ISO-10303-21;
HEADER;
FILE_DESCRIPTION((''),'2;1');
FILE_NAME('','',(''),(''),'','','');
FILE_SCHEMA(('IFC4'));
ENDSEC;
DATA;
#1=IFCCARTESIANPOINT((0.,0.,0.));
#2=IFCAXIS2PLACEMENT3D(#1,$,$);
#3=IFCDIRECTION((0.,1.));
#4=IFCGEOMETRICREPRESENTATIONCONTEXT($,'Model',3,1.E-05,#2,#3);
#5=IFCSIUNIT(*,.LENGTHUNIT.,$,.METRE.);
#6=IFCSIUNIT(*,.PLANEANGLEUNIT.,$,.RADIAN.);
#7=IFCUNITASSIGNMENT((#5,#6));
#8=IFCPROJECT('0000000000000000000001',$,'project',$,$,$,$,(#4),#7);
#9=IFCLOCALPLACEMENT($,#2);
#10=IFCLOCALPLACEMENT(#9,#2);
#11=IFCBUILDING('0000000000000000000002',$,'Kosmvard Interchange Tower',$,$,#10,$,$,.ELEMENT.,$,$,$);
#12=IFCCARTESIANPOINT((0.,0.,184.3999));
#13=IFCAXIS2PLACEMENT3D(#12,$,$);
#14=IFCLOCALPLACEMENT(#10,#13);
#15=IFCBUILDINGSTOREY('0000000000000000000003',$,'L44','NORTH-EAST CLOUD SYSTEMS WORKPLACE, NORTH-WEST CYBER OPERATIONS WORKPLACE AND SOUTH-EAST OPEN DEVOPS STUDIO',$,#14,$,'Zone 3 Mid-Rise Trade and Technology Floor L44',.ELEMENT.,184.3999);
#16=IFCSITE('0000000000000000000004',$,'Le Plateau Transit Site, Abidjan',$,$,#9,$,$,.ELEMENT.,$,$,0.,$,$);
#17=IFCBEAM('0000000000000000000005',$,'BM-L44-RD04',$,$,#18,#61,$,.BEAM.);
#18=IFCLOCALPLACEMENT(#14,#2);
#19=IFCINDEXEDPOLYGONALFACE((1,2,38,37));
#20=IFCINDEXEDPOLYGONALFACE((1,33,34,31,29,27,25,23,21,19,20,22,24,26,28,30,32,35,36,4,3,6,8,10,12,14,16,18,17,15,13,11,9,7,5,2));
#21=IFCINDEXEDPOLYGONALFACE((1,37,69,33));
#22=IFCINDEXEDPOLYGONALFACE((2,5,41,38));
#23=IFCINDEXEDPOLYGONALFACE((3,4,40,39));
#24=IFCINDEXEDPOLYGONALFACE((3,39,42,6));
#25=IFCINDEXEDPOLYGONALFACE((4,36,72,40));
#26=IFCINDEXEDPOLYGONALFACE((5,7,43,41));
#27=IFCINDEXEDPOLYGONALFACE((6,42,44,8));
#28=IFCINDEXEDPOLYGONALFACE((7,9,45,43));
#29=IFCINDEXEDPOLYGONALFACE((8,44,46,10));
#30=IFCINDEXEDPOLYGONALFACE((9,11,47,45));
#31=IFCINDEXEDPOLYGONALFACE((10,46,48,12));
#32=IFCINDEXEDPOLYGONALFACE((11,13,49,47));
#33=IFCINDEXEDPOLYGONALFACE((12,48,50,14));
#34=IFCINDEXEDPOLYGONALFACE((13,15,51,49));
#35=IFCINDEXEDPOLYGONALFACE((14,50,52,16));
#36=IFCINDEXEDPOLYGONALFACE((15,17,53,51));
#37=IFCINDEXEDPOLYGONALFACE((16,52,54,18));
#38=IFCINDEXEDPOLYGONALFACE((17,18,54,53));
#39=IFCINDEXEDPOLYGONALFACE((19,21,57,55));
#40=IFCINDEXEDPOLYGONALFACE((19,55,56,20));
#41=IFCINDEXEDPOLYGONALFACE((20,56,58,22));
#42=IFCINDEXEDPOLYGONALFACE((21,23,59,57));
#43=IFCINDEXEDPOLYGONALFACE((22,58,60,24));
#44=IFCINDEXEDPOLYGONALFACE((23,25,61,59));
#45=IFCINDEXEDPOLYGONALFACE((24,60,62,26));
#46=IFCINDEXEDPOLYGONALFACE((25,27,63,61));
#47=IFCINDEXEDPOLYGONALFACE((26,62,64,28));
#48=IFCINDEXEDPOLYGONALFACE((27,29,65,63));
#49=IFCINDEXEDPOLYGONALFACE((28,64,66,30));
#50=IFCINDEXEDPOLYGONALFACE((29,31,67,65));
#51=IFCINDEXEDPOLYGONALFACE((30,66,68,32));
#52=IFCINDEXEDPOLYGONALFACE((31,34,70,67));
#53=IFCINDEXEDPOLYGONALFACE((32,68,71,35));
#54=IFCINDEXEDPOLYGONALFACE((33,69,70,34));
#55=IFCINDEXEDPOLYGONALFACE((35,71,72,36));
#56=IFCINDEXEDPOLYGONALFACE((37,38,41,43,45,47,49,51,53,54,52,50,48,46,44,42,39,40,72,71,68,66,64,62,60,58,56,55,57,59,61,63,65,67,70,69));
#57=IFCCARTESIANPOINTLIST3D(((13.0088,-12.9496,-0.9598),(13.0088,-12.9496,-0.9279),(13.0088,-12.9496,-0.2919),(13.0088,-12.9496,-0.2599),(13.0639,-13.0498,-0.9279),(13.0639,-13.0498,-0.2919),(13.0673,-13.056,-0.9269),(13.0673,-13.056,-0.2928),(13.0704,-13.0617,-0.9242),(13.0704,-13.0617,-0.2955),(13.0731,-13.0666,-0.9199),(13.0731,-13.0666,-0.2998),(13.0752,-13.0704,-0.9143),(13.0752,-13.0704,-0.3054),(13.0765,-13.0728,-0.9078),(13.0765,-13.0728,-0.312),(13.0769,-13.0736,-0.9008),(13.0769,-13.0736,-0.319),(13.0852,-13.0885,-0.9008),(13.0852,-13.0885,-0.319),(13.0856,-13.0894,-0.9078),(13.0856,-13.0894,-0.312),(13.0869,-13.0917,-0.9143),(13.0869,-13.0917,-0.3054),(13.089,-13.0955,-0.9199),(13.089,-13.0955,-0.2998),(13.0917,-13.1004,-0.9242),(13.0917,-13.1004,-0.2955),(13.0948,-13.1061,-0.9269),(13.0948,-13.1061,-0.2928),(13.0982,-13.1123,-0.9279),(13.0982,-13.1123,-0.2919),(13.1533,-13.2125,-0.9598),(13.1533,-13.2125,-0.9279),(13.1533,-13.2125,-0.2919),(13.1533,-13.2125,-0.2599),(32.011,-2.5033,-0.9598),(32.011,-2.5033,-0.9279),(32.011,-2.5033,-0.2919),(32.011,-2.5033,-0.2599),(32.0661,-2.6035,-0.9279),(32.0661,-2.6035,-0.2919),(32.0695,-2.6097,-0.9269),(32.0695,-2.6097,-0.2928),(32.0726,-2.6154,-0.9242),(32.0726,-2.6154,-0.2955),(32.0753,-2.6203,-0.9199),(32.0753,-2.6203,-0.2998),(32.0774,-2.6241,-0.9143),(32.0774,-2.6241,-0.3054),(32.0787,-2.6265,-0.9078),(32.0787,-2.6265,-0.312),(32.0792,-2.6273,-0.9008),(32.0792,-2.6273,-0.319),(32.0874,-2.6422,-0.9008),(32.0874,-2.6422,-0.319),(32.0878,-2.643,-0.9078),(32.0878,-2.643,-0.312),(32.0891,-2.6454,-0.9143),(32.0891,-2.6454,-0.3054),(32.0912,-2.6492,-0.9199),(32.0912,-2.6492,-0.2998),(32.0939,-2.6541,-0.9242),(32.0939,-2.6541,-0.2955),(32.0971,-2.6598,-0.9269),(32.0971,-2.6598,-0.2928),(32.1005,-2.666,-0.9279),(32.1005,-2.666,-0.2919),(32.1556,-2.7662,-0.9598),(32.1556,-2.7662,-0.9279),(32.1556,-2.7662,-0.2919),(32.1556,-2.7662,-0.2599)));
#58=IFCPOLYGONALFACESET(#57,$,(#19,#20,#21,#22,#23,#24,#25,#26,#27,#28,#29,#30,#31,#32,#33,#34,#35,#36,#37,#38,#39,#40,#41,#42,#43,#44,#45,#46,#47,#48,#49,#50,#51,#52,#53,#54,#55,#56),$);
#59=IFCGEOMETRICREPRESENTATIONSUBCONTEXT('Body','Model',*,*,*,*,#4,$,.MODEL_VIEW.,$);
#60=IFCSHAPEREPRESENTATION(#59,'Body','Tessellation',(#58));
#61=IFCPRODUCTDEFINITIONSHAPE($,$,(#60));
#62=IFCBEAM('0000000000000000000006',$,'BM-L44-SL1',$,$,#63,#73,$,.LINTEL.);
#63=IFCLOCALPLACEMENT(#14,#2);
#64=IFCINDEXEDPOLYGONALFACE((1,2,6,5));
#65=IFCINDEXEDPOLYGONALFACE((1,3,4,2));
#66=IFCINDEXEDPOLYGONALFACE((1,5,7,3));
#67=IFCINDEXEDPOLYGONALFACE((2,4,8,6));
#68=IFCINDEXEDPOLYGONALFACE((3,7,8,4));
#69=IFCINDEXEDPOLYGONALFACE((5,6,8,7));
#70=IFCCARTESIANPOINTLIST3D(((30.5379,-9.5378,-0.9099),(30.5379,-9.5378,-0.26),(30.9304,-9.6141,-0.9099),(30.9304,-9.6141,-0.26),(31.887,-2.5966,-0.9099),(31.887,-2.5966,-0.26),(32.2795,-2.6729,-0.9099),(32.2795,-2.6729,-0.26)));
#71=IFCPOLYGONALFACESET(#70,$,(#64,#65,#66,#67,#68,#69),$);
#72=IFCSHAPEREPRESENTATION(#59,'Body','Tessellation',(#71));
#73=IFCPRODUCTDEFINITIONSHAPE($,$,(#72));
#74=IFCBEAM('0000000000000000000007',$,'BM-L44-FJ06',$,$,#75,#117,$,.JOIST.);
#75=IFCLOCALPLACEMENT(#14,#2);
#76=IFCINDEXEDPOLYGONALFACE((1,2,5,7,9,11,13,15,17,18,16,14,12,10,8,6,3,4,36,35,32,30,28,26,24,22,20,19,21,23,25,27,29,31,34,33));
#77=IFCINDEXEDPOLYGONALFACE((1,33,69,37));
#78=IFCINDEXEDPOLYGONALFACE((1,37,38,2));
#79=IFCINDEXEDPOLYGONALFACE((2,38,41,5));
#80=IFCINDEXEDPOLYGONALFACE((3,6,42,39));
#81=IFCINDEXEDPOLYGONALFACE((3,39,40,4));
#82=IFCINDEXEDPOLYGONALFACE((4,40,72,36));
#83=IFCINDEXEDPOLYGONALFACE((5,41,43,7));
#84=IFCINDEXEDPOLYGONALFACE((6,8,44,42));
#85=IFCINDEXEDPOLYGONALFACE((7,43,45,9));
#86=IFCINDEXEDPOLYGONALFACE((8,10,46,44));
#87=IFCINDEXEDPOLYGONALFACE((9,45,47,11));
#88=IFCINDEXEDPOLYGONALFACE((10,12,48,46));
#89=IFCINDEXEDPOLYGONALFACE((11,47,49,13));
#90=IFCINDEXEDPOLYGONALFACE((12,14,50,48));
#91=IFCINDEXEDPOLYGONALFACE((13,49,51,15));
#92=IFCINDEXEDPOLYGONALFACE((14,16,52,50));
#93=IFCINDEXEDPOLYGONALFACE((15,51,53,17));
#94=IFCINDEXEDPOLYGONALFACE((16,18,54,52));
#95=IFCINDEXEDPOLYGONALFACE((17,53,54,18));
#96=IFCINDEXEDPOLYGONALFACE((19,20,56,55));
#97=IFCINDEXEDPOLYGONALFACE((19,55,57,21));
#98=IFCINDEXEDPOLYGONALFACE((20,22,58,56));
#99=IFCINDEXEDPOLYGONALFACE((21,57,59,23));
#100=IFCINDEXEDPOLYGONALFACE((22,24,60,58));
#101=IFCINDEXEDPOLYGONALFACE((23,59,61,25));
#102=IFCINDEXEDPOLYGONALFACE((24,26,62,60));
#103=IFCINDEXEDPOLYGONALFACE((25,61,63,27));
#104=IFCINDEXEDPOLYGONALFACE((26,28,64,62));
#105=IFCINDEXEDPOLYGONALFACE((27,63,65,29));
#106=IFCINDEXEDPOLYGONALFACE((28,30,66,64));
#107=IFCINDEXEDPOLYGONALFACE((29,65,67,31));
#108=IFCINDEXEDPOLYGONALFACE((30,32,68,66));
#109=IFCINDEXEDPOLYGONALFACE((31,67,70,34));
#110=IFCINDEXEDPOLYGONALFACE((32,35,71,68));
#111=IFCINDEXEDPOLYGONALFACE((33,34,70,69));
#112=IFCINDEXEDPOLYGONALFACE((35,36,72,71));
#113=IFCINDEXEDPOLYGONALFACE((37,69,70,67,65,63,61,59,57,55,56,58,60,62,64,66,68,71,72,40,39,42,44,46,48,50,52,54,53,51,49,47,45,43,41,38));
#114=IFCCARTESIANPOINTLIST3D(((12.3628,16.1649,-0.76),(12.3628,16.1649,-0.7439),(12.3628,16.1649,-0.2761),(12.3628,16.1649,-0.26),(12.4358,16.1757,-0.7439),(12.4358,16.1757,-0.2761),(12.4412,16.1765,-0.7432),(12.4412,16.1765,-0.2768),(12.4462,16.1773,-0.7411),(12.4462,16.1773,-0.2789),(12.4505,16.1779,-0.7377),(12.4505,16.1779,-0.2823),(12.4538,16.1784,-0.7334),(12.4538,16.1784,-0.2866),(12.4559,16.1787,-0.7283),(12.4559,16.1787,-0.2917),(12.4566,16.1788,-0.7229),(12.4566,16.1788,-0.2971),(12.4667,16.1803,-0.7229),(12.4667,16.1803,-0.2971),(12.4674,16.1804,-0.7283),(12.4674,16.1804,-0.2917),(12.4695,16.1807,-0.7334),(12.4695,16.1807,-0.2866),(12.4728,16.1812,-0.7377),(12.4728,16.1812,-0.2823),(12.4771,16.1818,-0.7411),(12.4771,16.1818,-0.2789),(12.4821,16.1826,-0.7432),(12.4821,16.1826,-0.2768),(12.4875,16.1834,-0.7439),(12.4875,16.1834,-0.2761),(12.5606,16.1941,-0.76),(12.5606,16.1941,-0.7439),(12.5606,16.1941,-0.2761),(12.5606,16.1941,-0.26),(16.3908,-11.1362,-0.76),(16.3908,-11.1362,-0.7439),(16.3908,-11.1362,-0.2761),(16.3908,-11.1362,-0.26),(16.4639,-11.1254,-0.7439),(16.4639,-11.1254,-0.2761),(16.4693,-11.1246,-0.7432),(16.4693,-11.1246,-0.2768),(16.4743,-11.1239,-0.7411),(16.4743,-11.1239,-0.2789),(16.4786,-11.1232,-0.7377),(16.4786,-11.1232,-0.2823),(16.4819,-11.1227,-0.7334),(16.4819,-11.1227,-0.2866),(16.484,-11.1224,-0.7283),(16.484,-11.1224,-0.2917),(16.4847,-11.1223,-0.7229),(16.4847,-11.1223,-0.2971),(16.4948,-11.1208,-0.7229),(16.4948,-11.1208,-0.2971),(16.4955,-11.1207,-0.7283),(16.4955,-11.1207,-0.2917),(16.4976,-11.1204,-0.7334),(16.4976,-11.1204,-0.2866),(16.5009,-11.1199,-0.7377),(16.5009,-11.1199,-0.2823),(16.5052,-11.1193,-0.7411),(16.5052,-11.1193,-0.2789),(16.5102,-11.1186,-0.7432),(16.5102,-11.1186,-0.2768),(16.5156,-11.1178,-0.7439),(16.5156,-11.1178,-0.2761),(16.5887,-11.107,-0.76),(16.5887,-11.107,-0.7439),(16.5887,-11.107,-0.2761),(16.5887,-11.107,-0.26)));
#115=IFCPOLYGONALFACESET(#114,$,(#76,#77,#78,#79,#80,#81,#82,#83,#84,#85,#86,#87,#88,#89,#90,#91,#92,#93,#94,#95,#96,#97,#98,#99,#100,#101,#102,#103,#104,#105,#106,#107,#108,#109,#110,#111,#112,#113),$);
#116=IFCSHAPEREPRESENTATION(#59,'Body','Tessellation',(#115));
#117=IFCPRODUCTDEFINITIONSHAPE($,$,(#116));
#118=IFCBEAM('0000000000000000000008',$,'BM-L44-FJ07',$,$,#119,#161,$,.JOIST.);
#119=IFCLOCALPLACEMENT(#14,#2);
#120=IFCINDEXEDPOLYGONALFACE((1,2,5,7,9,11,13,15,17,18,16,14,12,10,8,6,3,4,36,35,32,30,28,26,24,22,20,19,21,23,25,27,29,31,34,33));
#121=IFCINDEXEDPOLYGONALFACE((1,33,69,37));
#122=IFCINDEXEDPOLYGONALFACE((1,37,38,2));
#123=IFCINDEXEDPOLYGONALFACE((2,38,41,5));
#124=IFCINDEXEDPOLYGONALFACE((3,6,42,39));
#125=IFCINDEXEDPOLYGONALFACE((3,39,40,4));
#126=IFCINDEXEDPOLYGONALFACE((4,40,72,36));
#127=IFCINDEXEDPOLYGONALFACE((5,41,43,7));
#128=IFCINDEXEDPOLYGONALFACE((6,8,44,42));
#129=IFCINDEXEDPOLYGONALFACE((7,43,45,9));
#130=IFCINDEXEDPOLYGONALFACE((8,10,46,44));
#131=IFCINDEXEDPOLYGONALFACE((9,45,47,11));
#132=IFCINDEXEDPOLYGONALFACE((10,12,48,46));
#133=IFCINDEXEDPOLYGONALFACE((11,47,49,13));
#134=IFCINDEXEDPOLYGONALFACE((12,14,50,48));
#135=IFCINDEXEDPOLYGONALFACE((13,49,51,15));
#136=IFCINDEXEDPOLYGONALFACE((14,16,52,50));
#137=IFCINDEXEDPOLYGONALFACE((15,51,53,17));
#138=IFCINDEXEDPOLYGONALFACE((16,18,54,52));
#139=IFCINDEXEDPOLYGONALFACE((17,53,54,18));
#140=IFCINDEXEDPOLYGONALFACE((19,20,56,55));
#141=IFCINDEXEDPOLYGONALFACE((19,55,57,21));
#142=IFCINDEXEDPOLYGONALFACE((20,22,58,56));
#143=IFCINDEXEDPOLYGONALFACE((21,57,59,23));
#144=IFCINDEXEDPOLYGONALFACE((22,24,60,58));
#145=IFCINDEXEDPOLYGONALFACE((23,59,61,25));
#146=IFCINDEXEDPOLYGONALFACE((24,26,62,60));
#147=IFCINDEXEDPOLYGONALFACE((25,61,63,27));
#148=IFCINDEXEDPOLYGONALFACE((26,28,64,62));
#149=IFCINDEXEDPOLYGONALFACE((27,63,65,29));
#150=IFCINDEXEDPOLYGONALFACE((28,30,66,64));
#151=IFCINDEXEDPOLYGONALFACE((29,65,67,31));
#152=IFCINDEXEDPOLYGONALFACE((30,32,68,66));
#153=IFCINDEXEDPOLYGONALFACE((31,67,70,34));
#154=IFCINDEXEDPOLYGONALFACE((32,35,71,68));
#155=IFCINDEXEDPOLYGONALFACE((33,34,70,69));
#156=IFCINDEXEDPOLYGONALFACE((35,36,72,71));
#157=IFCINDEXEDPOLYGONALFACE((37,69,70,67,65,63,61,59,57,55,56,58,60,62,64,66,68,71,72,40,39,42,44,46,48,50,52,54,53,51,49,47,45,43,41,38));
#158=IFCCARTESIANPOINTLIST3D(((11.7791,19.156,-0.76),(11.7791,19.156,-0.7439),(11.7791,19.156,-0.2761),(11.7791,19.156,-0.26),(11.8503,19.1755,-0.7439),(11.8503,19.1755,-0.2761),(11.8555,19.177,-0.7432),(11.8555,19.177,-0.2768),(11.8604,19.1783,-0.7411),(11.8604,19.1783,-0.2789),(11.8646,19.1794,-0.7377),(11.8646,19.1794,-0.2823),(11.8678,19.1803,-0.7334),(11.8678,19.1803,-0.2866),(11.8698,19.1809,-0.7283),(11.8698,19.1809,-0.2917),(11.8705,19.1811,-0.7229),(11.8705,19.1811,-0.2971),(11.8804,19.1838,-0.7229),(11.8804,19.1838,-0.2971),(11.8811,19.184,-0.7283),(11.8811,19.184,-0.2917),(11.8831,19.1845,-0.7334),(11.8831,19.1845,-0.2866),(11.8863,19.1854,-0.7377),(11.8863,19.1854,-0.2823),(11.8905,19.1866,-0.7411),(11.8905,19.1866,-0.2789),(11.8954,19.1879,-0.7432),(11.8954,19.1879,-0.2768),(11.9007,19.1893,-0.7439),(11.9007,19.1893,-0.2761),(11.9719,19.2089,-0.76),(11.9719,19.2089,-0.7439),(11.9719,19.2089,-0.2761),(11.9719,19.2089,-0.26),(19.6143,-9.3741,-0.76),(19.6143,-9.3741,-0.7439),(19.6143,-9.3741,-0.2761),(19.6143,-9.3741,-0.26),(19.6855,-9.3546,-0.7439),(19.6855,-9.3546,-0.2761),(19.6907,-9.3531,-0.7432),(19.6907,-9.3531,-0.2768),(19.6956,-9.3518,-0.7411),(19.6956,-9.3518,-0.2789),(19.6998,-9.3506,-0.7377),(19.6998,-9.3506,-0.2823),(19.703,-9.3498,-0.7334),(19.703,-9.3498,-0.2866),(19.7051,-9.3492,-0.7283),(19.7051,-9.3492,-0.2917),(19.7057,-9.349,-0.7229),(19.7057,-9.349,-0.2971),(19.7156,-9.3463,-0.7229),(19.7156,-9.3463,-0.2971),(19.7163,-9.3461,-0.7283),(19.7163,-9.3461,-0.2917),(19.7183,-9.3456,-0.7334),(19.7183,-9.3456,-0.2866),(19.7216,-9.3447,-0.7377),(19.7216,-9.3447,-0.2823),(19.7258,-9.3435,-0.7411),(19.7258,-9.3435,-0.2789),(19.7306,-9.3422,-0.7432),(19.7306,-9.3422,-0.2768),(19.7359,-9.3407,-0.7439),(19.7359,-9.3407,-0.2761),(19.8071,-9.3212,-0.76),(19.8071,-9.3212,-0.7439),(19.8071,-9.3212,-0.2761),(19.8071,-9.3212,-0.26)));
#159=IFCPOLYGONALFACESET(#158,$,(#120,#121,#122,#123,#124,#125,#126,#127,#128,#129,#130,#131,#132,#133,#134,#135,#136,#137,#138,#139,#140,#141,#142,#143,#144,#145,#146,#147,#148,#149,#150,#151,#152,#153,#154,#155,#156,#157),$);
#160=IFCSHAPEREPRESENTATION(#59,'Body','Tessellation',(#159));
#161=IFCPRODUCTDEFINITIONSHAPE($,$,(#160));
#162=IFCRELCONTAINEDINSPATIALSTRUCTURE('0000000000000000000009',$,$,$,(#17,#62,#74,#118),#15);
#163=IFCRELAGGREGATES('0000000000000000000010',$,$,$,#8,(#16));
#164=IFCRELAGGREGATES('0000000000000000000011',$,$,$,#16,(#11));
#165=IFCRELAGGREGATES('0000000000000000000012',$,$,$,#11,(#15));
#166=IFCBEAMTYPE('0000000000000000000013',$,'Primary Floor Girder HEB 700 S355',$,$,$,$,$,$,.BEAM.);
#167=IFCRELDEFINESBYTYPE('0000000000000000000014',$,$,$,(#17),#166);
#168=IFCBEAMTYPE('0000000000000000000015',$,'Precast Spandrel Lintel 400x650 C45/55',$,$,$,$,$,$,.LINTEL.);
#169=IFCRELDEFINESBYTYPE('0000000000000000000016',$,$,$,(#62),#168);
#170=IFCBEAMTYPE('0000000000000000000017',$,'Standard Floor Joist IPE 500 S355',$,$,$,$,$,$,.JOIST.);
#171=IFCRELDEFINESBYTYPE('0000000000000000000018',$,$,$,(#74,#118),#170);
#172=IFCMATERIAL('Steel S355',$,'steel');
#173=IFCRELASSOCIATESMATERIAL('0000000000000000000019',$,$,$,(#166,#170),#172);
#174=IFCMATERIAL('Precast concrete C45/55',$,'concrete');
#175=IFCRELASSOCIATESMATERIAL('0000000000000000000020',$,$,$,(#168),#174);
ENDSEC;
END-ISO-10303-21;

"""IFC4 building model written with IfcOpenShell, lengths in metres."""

from ifc_helpers import new_model, si_unit, direction, frame, origin, origin_2d, place, context, subcontext, project, spatial, rectangle, i_section, extrude, source, transform, mapped, material, material_profile, profile_set, type_object, element, save


model = new_model("IFC4")

# Units and contexts
model_context = context("Model", 3, precision=1e-05, world=origin(), true_north=direction((0.0, 1.0)))
body_context = subcontext(model_context, "Body", "Model", "MODEL_VIEW")
ifc_project = project(units=[si_unit("LENGTHUNIT", "METRE"), si_unit("PLANEANGLEUNIT", "RADIAN")], contexts=[model_context])

# Site, building, storey
site_placement = place(None, origin())
site = spatial("IfcSite", under=ifc_project, at=site_placement, Name="Le Plateau Transit Site, Abidjan", CompositionType="ELEMENT", RefElevation=0.0)
building_placement = place(site_placement, origin())
building = spatial("IfcBuilding", under=site, at=building_placement, Name="Kosmvard Interchange Tower", CompositionType="ELEMENT")
storey_placement = place(building_placement, frame((0.0, 0.0, 184.3999)))
storey = spatial("IfcBuildingStorey", under=building, at=storey_placement, Name="L44", Description="NORTH-EAST CLOUD SYSTEMS WORKPLACE, NORTH-WEST CYBER OPERATIONS WORKPLACE AND SOUTH-EAST OPEN DEVOPS STUDIO", LongName="Zone 3 Mid-Rise Trade and Technology Floor L44", CompositionType="ELEMENT", Elevation=184.3999)

# Beams
ifc_material_1 = material(Name="Steel S355", Category="steel")
ifc_material_profile_1 = material_profile(ifc_material_1, i_section(OverallWidth=0.3, OverallDepth=0.7, WebThickness=0.0171, FlangeThickness=0.032, FilletRadius=0.0271, at=origin_2d()), Name="HEB 700")
ifc_profile_set_1 = profile_set([ifc_material_profile_1], Name="Steel S355")
beam_type_1 = type_object("IfcBeamType", Name="Primary Floor Girder HEB 700 S355", PredefinedType="BEAM", material=ifc_profile_set_1)
shared_shape_1 = source(origin(), body_context, "Body", "SweptSolid", [
    extrude(i_section(OverallWidth=0.3, OverallDepth=0.7, WebThickness=0.0171, FlangeThickness=0.032, FilletRadius=0.0271, at=origin_2d()), origin(), (0.0, 0.0, 1.0), 21.6843),
])
beam_1_placement = place(storey_placement, frame((13.0811, -13.0811, -0.6099), z_axis=(0.876312, 0.481745, 0.0), x_axis=(-0.481745, 0.876312, 0.0)))
element("IfcBeam", 1, at=beam_1_placement, inside=storey, type_object=beam_type_1, Name="BM-L44-RD04", PredefinedType="BEAM", context=body_context, shape_type="MappedRepresentation", body=[
    mapped(shared_shape_1, transform((0.0, 0.0, 0.0), scale=1.0)),
])
ifc_material_2 = material(Name="Precast concrete C45/55", Category="concrete")
ifc_material_profile_2 = material_profile(ifc_material_2, rectangle(XDim=0.3999, YDim=0.6499, at=origin_2d()), Name="SL 400x650")
ifc_profile_set_2 = profile_set([ifc_material_profile_2], Name="Precast concrete C45/55")
beam_type_2 = type_object("IfcBeamType", Name="Precast Spandrel Lintel 400x650 C45/55", PredefinedType="LINTEL", material=ifc_profile_set_2)
shared_shape_2 = source(origin(), body_context, "Body", "SweptSolid", [
    extrude(rectangle(XDim=0.3999, YDim=0.6499, at=origin_2d()), origin(), (0.0, 0.0, 1.0), 7.071),
])
beam_2_placement = place(storey_placement, frame((30.7341, -9.5759, -0.585), z_axis=(0.190795, 0.98163, 0.0), x_axis=(-0.98163, 0.190795, 0.0)))
element("IfcBeam", 2, at=beam_2_placement, inside=storey, type_object=beam_type_2, Name="BM-L44-SL1", PredefinedType="LINTEL", context=body_context, shape_type="MappedRepresentation", body=[
    mapped(shared_shape_2, transform((0.0, 0.0, 0.0), scale=1.0)),
])
ifc_material_profile_3 = material_profile(ifc_material_1, i_section(OverallWidth=0.2, OverallDepth=0.5, WebThickness=0.0103, FlangeThickness=0.0161, FilletRadius=0.021, at=origin_2d()), Name="IPE 500")
ifc_profile_set_3 = profile_set([ifc_material_profile_3], Name="Steel S355")
beam_type_3 = type_object("IfcBeamType", Name="Standard Floor Joist IPE 500 S355", PredefinedType="JOIST", material=ifc_profile_set_3)
shared_shape_3 = source(origin(), body_context, "Body", "SweptSolid", [
    extrude(i_section(OverallWidth=0.2, OverallDepth=0.5, WebThickness=0.0103, FlangeThickness=0.0161, FilletRadius=0.021, at=origin_2d()), origin(), (0.0, 0.0, 1.0), 27.5967),
])
beam_3_placement = place(storey_placement, frame((16.4897, -11.1216, -0.51), z_axis=(-0.145963, 0.98929, 0.0), x_axis=(-0.98929, -0.145963, 0.0)))
element("IfcBeam", 3, at=beam_3_placement, inside=storey, type_object=beam_type_3, Name="BM-L44-FJ06", PredefinedType="JOIST", context=body_context, shape_type="MappedRepresentation", body=[
    mapped(shared_shape_3, transform((0.0, 0.0, 0.0), scale=1.0)),
])
shared_shape_4 = source(origin(), body_context, "Body", "SweptSolid", [
    extrude(i_section(OverallWidth=0.2, OverallDepth=0.5, WebThickness=0.0103, FlangeThickness=0.0161, FilletRadius=0.021, at=origin_2d()), origin(), (0.0, 0.0, 1.0), 29.5864),
])
beam_4_placement = place(storey_placement, frame((19.7107, -9.3477, -0.51), z_axis=(-0.264825, 0.964297, 0.0), x_axis=(-0.964297, -0.264825, 0.0)))
element("IfcBeam", 4, at=beam_4_placement, inside=storey, type_object=beam_type_3, Name="BM-L44-FJ07", PredefinedType="JOIST", context=body_context, shape_type="MappedRepresentation", body=[
    mapped(shared_shape_4, transform((0.0, 0.0, 0.0), scale=1.0)),
])

save(model, "model.ifc")
